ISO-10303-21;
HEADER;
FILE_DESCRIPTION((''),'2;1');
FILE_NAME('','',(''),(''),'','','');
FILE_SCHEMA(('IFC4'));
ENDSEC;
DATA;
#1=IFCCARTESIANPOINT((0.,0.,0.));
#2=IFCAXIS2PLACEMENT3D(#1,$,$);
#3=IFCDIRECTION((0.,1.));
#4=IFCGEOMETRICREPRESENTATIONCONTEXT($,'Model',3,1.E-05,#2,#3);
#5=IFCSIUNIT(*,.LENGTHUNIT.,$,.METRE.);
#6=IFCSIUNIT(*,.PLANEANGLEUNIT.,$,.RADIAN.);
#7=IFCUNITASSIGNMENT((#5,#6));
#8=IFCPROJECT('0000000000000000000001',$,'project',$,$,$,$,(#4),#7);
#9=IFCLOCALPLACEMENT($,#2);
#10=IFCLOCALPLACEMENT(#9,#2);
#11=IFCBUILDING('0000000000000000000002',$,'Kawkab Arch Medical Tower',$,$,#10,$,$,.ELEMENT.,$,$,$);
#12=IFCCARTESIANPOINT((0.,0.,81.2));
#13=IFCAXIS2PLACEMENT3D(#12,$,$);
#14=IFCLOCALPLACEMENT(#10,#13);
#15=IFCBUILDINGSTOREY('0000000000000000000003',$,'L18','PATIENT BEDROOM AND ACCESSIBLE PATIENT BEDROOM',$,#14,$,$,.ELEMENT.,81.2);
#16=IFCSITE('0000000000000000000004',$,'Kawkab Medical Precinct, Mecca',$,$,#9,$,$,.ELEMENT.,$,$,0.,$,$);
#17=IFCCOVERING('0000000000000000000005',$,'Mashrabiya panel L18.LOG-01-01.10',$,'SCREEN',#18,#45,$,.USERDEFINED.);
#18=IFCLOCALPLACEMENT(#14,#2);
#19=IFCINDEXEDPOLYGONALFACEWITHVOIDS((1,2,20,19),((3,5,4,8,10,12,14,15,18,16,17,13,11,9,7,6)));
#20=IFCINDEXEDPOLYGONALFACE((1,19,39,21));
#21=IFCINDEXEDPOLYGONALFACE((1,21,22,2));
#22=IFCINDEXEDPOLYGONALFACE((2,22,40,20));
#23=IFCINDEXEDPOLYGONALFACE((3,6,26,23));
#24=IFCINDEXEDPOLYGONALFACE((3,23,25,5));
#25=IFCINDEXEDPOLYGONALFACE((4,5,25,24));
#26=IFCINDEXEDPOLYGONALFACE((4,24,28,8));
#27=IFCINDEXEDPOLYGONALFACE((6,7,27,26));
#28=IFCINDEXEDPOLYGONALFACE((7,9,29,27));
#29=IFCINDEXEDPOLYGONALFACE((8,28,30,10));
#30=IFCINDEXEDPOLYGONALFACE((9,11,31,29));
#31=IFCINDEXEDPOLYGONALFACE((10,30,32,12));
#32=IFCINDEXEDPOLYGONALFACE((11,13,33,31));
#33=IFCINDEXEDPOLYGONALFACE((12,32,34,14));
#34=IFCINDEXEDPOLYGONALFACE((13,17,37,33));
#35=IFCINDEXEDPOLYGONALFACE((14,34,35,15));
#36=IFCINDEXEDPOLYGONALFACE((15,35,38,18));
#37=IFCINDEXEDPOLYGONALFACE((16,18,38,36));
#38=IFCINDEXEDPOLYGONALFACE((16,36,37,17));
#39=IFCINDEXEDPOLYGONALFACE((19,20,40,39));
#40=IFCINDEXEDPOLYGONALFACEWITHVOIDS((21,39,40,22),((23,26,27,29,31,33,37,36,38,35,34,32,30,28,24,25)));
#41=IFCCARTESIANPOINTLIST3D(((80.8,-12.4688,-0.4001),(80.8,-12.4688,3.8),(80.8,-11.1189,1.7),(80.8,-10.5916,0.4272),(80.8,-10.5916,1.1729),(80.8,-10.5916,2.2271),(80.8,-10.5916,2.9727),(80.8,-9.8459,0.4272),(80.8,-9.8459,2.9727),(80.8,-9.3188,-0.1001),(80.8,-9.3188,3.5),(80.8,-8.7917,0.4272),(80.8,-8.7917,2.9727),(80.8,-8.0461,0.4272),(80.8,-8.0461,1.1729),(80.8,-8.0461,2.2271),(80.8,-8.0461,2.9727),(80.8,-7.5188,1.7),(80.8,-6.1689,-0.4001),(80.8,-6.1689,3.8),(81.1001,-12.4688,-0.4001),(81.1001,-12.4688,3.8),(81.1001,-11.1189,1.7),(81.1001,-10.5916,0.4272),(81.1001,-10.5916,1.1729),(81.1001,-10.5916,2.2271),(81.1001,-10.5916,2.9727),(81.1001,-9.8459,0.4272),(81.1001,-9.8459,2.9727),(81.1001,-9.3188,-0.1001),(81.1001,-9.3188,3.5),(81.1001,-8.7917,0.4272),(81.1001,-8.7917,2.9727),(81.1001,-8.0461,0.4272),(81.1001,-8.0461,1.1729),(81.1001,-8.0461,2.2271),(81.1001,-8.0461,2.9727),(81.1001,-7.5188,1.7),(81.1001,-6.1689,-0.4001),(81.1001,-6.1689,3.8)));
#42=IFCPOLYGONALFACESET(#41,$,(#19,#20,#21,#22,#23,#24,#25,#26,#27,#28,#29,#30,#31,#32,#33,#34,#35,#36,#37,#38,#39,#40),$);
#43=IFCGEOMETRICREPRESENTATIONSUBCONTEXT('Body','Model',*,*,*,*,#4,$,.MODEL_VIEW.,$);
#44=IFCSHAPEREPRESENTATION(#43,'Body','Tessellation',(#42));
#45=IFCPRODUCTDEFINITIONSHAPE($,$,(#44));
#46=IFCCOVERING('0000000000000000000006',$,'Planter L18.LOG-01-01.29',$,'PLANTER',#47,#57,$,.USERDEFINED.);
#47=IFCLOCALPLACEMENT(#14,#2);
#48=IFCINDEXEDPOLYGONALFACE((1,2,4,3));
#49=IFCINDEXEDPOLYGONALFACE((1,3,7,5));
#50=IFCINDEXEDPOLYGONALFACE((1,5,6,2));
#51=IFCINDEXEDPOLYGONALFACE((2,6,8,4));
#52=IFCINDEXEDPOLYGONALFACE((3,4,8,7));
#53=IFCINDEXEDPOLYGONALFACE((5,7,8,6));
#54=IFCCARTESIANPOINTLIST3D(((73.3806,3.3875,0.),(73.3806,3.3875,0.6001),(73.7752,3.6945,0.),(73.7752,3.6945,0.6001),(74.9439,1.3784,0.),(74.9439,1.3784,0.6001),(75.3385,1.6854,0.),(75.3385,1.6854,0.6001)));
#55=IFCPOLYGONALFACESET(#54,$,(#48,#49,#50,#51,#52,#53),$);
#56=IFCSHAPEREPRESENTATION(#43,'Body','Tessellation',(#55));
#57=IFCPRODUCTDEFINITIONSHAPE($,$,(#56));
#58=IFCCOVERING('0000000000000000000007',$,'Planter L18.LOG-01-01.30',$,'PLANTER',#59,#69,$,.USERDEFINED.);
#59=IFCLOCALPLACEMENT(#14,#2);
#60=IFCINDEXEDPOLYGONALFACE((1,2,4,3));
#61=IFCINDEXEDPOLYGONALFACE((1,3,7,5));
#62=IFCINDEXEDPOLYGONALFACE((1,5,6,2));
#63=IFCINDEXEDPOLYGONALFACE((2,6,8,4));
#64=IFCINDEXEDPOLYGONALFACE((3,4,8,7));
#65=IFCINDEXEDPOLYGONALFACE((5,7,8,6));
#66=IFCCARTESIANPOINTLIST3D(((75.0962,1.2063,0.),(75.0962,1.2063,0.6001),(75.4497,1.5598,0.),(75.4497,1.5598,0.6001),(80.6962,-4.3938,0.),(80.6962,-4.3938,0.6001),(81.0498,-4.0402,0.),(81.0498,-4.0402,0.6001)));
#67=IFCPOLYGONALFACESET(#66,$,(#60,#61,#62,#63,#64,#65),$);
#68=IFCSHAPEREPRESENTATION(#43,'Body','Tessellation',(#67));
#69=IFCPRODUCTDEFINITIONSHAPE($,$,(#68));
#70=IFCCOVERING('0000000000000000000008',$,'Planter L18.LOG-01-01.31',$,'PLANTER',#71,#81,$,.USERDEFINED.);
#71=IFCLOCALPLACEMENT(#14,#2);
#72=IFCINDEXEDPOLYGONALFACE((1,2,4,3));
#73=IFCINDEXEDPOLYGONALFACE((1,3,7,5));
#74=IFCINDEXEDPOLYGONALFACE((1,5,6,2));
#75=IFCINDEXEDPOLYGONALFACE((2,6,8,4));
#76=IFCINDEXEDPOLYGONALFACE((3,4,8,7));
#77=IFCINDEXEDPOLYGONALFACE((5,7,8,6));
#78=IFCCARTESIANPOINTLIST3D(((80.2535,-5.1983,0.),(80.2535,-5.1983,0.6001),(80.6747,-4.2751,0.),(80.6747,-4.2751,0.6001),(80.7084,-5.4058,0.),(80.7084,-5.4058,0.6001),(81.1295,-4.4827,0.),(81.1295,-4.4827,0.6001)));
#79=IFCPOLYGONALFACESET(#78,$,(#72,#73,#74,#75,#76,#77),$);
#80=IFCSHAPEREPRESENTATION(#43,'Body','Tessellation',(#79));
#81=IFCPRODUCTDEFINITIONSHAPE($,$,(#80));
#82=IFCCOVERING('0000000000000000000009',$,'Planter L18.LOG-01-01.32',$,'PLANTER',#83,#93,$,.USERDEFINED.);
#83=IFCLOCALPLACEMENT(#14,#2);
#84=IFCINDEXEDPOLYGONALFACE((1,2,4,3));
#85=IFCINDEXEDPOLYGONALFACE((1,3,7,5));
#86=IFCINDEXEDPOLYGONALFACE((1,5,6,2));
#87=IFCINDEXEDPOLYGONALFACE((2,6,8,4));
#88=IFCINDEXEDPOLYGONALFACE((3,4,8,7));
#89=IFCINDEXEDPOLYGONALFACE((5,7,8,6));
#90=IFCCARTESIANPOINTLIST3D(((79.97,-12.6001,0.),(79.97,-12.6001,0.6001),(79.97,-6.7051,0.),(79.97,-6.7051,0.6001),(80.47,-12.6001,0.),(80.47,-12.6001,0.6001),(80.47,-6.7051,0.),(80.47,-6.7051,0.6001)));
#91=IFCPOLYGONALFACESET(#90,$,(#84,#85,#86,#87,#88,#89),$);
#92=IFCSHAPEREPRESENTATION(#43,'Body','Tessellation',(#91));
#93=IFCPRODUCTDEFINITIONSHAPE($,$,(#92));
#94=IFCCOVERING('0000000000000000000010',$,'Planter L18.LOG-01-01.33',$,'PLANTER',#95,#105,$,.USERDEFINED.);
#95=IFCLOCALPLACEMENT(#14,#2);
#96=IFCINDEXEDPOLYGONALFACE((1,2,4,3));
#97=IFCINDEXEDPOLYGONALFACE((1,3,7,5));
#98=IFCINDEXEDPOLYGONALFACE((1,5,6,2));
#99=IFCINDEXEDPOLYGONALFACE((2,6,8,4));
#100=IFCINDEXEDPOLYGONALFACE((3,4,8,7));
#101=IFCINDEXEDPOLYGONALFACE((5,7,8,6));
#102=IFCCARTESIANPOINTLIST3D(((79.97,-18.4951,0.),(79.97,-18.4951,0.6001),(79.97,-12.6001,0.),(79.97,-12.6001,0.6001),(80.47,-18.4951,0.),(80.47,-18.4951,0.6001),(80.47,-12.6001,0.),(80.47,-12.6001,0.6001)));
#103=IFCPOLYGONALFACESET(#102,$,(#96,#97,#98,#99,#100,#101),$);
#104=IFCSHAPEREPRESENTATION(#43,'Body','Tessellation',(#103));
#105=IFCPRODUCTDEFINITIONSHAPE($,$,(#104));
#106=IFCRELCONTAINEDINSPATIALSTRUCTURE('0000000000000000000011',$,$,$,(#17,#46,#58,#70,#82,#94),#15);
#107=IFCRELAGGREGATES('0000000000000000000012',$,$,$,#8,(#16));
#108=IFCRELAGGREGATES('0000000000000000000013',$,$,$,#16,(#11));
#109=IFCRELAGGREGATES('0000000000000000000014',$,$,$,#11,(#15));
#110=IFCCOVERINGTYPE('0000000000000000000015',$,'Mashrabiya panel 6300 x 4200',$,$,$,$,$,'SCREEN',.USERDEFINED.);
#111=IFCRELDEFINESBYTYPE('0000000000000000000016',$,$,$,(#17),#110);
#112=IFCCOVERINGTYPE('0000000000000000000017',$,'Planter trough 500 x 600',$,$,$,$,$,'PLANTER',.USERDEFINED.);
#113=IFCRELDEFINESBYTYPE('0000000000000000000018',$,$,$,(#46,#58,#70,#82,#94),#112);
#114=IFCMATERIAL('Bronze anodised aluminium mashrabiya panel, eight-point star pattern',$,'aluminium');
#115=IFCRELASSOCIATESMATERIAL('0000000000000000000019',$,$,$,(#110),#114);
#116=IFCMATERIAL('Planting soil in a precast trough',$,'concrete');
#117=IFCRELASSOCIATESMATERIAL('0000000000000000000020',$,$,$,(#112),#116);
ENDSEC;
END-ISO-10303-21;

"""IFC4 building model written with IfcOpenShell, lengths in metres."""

from ifc_helpers import new_model, si_unit, direction, frame, origin, origin_2d, place, context, subcontext, project, spatial, polyline, rectangle, outline, extrude, material, material_profile, profile_set, type_object, element, save


model = new_model("IFC4")

# Units and contexts
model_context = context("Model", 3, precision=1e-05, world=origin(), true_north=direction((0.0, 1.0)))
body_context = subcontext(model_context, "Body", "Model", "MODEL_VIEW")
ifc_project = project(units=[si_unit("LENGTHUNIT", "METRE"), si_unit("PLANEANGLEUNIT", "RADIAN")], contexts=[model_context])

# Site, building, storey
site_placement = place(None, origin())
site = spatial("IfcSite", under=ifc_project, at=site_placement, Name="Kawkab Medical Precinct, Mecca", CompositionType="ELEMENT", RefElevation=0.0)
building_placement = place(site_placement, origin())
building = spatial("IfcBuilding", under=site, at=building_placement, Name="Kawkab Arch Medical Tower", CompositionType="ELEMENT")
storey_placement = place(building_placement, frame((0.0, 0.0, 81.2)))
storey = spatial("IfcBuildingStorey", under=building, at=storey_placement, Name="L18", Description="PATIENT BEDROOM AND ACCESSIBLE PATIENT BEDROOM", CompositionType="ELEMENT", Elevation=81.2)

# Coverings
ifc_material_1 = material(Name="Bronze anodised aluminium mashrabiya panel, eight-point star pattern", Category="aluminium")
ifc_material_profile_1 = material_profile(ifc_material_1, outline(polyline([(-3.1499, -2.1001), (3.1499, -2.1001), (3.1499, 2.1001), (-3.1499, 2.1001), (-3.1499, -2.1001)]), holes=[polyline([(1.8, 0.0), (1.2727, 0.5271), (1.2727, 1.2727), (0.5271, 1.2727), (0.0, 1.8), (-0.5271, 1.2727), (-1.2727, 1.2727), (-1.2727, 0.5271), (-1.8, 0.0), (-1.2727, -0.5271), (-1.2727, -1.2727), (-0.5271, -1.2727), (0.0, -1.8), (0.5271, -1.2727), (1.2727, -1.2727), (1.2727, -0.5271), (1.8, 0.0)])]), Name="Mashrabiya panel 6300x4200")
ifc_profile_set_1 = profile_set([ifc_material_profile_1], Name="Bronze anodised aluminium mashrabiya panel, eight-point star pattern")
covering_type_1 = type_object("IfcCoveringType", Name="Mashrabiya panel 6300 x 4200", ElementType="SCREEN", PredefinedType="USERDEFINED", material=ifc_profile_set_1)
covering_1_placement = place(storey_placement, frame((80.8, -9.3188, 1.7), z_axis=(1.0, 0.0, 0.0), x_axis=(0.0, 1.0, 0.0)))
element("IfcCovering", 1, at=covering_1_placement, inside=storey, type_object=covering_type_1, Name="Mashrabiya panel L18.LOG-01-01.10", ObjectType="SCREEN", PredefinedType="USERDEFINED", context=body_context, shape_type="SweptSolid", body=[
    extrude(outline(polyline([(-3.1499, -2.1001), (3.1499, -2.1001), (3.1499, 2.1001), (-3.1499, 2.1001), (-3.1499, -2.1001)]), holes=[polyline([(1.8, 0.0), (1.2727, 0.5271), (1.2727, 1.2727), (0.5271, 1.2727), (0.0, 1.8), (-0.5271, 1.2727), (-1.2727, 1.2727), (-1.2727, 0.5271), (-1.8, 0.0), (-1.2727, -0.5271), (-1.2727, -1.2727), (-0.5271, -1.2727), (0.0, -1.8), (0.5271, -1.2727), (1.2727, -1.2727), (1.2727, -0.5271), (1.8, 0.0)])]), origin(), (0.0, 0.0, 1.0), 0.3),
])
ifc_material_2 = material(Name="Planting soil in a precast trough", Category="concrete")
ifc_material_profile_2 = material_profile(ifc_material_2, rectangle(XDim=0.5, YDim=0.6001, at=origin_2d()), Name="Trough 500x600")
ifc_profile_set_2 = profile_set([ifc_material_profile_2], Name="Planting soil in a precast trough")
covering_type_2 = type_object("IfcCoveringType", Name="Planter trough 500 x 600", ElementType="PLANTER", PredefinedType="USERDEFINED", material=ifc_profile_set_2)
covering_2_placement = place(storey_placement, frame((73.5779, 3.541, 0.3), z_axis=(0.6141, -0.789228, 0.0), x_axis=(0.789228, 0.6141, 0.0)))
element("IfcCovering", 2, at=covering_2_placement, inside=storey, type_object=covering_type_2, Name="Planter L18.LOG-01-01.29", ObjectType="PLANTER", PredefinedType="USERDEFINED", context=body_context, shape_type="SweptSolid", body=[
    extrude(rectangle(XDim=0.5, YDim=0.6001, at=origin_2d()), origin(), (0.0, 0.0, 1.0), 2.5457),
])
covering_3_placement = place(storey_placement, frame((75.2729, 1.3831, 0.3), z_axis=(0.707107, -0.707107, 0.0), x_axis=(0.707107, 0.707107, 0.0)))
element("IfcCovering", 3, at=covering_3_placement, inside=storey, type_object=covering_type_2, Name="Planter L18.LOG-01-01.30", ObjectType="PLANTER", PredefinedType="USERDEFINED", context=body_context, shape_type="SweptSolid", body=[
    extrude(rectangle(XDim=0.5, YDim=0.6001, at=origin_2d()), origin(), (0.0, 0.0, 1.0), 7.9197),
])
covering_4_placement = place(storey_placement, frame((80.9021, -4.3789, 0.3), z_axis=(-0.415072, -0.909789, 0.0), x_axis=(0.909789, -0.415072, 0.0)))
element("IfcCovering", 4, at=covering_4_placement, inside=storey, type_object=covering_type_2, Name="Planter L18.LOG-01-01.31", ObjectType="PLANTER", PredefinedType="USERDEFINED", context=body_context, shape_type="SweptSolid", body=[
    extrude(rectangle(XDim=0.5, YDim=0.6001, at=origin_2d()), origin(), (0.0, 0.0, 1.0), 1.0146),
])
for number, where, z_axis, x_axis, name in (
    (5, (80.22, -6.7051, 0.3), (0.0, -1.0, 0.0), (1.0, 0.0, 0.0), "Planter L18.LOG-01-01.32"),
    (6, (80.22, -12.6001, 0.3), (0.0, -1.0, 0.0), (1.0, 0.0, 0.0), "Planter L18.LOG-01-01.33"),
):
    element("IfcCovering", number, at=place(storey_placement, frame(where, z_axis=z_axis, x_axis=x_axis)), inside=storey, type_object=covering_type_2, Name=name, ObjectType="PLANTER", PredefinedType="USERDEFINED", context=body_context, shape_type="SweptSolid", body=[
        extrude(rectangle(XDim=0.5, YDim=0.6001, at=origin_2d()), origin(), (0.0, 0.0, 1.0), 5.895),
    ])

save(model, "model.ifc")
